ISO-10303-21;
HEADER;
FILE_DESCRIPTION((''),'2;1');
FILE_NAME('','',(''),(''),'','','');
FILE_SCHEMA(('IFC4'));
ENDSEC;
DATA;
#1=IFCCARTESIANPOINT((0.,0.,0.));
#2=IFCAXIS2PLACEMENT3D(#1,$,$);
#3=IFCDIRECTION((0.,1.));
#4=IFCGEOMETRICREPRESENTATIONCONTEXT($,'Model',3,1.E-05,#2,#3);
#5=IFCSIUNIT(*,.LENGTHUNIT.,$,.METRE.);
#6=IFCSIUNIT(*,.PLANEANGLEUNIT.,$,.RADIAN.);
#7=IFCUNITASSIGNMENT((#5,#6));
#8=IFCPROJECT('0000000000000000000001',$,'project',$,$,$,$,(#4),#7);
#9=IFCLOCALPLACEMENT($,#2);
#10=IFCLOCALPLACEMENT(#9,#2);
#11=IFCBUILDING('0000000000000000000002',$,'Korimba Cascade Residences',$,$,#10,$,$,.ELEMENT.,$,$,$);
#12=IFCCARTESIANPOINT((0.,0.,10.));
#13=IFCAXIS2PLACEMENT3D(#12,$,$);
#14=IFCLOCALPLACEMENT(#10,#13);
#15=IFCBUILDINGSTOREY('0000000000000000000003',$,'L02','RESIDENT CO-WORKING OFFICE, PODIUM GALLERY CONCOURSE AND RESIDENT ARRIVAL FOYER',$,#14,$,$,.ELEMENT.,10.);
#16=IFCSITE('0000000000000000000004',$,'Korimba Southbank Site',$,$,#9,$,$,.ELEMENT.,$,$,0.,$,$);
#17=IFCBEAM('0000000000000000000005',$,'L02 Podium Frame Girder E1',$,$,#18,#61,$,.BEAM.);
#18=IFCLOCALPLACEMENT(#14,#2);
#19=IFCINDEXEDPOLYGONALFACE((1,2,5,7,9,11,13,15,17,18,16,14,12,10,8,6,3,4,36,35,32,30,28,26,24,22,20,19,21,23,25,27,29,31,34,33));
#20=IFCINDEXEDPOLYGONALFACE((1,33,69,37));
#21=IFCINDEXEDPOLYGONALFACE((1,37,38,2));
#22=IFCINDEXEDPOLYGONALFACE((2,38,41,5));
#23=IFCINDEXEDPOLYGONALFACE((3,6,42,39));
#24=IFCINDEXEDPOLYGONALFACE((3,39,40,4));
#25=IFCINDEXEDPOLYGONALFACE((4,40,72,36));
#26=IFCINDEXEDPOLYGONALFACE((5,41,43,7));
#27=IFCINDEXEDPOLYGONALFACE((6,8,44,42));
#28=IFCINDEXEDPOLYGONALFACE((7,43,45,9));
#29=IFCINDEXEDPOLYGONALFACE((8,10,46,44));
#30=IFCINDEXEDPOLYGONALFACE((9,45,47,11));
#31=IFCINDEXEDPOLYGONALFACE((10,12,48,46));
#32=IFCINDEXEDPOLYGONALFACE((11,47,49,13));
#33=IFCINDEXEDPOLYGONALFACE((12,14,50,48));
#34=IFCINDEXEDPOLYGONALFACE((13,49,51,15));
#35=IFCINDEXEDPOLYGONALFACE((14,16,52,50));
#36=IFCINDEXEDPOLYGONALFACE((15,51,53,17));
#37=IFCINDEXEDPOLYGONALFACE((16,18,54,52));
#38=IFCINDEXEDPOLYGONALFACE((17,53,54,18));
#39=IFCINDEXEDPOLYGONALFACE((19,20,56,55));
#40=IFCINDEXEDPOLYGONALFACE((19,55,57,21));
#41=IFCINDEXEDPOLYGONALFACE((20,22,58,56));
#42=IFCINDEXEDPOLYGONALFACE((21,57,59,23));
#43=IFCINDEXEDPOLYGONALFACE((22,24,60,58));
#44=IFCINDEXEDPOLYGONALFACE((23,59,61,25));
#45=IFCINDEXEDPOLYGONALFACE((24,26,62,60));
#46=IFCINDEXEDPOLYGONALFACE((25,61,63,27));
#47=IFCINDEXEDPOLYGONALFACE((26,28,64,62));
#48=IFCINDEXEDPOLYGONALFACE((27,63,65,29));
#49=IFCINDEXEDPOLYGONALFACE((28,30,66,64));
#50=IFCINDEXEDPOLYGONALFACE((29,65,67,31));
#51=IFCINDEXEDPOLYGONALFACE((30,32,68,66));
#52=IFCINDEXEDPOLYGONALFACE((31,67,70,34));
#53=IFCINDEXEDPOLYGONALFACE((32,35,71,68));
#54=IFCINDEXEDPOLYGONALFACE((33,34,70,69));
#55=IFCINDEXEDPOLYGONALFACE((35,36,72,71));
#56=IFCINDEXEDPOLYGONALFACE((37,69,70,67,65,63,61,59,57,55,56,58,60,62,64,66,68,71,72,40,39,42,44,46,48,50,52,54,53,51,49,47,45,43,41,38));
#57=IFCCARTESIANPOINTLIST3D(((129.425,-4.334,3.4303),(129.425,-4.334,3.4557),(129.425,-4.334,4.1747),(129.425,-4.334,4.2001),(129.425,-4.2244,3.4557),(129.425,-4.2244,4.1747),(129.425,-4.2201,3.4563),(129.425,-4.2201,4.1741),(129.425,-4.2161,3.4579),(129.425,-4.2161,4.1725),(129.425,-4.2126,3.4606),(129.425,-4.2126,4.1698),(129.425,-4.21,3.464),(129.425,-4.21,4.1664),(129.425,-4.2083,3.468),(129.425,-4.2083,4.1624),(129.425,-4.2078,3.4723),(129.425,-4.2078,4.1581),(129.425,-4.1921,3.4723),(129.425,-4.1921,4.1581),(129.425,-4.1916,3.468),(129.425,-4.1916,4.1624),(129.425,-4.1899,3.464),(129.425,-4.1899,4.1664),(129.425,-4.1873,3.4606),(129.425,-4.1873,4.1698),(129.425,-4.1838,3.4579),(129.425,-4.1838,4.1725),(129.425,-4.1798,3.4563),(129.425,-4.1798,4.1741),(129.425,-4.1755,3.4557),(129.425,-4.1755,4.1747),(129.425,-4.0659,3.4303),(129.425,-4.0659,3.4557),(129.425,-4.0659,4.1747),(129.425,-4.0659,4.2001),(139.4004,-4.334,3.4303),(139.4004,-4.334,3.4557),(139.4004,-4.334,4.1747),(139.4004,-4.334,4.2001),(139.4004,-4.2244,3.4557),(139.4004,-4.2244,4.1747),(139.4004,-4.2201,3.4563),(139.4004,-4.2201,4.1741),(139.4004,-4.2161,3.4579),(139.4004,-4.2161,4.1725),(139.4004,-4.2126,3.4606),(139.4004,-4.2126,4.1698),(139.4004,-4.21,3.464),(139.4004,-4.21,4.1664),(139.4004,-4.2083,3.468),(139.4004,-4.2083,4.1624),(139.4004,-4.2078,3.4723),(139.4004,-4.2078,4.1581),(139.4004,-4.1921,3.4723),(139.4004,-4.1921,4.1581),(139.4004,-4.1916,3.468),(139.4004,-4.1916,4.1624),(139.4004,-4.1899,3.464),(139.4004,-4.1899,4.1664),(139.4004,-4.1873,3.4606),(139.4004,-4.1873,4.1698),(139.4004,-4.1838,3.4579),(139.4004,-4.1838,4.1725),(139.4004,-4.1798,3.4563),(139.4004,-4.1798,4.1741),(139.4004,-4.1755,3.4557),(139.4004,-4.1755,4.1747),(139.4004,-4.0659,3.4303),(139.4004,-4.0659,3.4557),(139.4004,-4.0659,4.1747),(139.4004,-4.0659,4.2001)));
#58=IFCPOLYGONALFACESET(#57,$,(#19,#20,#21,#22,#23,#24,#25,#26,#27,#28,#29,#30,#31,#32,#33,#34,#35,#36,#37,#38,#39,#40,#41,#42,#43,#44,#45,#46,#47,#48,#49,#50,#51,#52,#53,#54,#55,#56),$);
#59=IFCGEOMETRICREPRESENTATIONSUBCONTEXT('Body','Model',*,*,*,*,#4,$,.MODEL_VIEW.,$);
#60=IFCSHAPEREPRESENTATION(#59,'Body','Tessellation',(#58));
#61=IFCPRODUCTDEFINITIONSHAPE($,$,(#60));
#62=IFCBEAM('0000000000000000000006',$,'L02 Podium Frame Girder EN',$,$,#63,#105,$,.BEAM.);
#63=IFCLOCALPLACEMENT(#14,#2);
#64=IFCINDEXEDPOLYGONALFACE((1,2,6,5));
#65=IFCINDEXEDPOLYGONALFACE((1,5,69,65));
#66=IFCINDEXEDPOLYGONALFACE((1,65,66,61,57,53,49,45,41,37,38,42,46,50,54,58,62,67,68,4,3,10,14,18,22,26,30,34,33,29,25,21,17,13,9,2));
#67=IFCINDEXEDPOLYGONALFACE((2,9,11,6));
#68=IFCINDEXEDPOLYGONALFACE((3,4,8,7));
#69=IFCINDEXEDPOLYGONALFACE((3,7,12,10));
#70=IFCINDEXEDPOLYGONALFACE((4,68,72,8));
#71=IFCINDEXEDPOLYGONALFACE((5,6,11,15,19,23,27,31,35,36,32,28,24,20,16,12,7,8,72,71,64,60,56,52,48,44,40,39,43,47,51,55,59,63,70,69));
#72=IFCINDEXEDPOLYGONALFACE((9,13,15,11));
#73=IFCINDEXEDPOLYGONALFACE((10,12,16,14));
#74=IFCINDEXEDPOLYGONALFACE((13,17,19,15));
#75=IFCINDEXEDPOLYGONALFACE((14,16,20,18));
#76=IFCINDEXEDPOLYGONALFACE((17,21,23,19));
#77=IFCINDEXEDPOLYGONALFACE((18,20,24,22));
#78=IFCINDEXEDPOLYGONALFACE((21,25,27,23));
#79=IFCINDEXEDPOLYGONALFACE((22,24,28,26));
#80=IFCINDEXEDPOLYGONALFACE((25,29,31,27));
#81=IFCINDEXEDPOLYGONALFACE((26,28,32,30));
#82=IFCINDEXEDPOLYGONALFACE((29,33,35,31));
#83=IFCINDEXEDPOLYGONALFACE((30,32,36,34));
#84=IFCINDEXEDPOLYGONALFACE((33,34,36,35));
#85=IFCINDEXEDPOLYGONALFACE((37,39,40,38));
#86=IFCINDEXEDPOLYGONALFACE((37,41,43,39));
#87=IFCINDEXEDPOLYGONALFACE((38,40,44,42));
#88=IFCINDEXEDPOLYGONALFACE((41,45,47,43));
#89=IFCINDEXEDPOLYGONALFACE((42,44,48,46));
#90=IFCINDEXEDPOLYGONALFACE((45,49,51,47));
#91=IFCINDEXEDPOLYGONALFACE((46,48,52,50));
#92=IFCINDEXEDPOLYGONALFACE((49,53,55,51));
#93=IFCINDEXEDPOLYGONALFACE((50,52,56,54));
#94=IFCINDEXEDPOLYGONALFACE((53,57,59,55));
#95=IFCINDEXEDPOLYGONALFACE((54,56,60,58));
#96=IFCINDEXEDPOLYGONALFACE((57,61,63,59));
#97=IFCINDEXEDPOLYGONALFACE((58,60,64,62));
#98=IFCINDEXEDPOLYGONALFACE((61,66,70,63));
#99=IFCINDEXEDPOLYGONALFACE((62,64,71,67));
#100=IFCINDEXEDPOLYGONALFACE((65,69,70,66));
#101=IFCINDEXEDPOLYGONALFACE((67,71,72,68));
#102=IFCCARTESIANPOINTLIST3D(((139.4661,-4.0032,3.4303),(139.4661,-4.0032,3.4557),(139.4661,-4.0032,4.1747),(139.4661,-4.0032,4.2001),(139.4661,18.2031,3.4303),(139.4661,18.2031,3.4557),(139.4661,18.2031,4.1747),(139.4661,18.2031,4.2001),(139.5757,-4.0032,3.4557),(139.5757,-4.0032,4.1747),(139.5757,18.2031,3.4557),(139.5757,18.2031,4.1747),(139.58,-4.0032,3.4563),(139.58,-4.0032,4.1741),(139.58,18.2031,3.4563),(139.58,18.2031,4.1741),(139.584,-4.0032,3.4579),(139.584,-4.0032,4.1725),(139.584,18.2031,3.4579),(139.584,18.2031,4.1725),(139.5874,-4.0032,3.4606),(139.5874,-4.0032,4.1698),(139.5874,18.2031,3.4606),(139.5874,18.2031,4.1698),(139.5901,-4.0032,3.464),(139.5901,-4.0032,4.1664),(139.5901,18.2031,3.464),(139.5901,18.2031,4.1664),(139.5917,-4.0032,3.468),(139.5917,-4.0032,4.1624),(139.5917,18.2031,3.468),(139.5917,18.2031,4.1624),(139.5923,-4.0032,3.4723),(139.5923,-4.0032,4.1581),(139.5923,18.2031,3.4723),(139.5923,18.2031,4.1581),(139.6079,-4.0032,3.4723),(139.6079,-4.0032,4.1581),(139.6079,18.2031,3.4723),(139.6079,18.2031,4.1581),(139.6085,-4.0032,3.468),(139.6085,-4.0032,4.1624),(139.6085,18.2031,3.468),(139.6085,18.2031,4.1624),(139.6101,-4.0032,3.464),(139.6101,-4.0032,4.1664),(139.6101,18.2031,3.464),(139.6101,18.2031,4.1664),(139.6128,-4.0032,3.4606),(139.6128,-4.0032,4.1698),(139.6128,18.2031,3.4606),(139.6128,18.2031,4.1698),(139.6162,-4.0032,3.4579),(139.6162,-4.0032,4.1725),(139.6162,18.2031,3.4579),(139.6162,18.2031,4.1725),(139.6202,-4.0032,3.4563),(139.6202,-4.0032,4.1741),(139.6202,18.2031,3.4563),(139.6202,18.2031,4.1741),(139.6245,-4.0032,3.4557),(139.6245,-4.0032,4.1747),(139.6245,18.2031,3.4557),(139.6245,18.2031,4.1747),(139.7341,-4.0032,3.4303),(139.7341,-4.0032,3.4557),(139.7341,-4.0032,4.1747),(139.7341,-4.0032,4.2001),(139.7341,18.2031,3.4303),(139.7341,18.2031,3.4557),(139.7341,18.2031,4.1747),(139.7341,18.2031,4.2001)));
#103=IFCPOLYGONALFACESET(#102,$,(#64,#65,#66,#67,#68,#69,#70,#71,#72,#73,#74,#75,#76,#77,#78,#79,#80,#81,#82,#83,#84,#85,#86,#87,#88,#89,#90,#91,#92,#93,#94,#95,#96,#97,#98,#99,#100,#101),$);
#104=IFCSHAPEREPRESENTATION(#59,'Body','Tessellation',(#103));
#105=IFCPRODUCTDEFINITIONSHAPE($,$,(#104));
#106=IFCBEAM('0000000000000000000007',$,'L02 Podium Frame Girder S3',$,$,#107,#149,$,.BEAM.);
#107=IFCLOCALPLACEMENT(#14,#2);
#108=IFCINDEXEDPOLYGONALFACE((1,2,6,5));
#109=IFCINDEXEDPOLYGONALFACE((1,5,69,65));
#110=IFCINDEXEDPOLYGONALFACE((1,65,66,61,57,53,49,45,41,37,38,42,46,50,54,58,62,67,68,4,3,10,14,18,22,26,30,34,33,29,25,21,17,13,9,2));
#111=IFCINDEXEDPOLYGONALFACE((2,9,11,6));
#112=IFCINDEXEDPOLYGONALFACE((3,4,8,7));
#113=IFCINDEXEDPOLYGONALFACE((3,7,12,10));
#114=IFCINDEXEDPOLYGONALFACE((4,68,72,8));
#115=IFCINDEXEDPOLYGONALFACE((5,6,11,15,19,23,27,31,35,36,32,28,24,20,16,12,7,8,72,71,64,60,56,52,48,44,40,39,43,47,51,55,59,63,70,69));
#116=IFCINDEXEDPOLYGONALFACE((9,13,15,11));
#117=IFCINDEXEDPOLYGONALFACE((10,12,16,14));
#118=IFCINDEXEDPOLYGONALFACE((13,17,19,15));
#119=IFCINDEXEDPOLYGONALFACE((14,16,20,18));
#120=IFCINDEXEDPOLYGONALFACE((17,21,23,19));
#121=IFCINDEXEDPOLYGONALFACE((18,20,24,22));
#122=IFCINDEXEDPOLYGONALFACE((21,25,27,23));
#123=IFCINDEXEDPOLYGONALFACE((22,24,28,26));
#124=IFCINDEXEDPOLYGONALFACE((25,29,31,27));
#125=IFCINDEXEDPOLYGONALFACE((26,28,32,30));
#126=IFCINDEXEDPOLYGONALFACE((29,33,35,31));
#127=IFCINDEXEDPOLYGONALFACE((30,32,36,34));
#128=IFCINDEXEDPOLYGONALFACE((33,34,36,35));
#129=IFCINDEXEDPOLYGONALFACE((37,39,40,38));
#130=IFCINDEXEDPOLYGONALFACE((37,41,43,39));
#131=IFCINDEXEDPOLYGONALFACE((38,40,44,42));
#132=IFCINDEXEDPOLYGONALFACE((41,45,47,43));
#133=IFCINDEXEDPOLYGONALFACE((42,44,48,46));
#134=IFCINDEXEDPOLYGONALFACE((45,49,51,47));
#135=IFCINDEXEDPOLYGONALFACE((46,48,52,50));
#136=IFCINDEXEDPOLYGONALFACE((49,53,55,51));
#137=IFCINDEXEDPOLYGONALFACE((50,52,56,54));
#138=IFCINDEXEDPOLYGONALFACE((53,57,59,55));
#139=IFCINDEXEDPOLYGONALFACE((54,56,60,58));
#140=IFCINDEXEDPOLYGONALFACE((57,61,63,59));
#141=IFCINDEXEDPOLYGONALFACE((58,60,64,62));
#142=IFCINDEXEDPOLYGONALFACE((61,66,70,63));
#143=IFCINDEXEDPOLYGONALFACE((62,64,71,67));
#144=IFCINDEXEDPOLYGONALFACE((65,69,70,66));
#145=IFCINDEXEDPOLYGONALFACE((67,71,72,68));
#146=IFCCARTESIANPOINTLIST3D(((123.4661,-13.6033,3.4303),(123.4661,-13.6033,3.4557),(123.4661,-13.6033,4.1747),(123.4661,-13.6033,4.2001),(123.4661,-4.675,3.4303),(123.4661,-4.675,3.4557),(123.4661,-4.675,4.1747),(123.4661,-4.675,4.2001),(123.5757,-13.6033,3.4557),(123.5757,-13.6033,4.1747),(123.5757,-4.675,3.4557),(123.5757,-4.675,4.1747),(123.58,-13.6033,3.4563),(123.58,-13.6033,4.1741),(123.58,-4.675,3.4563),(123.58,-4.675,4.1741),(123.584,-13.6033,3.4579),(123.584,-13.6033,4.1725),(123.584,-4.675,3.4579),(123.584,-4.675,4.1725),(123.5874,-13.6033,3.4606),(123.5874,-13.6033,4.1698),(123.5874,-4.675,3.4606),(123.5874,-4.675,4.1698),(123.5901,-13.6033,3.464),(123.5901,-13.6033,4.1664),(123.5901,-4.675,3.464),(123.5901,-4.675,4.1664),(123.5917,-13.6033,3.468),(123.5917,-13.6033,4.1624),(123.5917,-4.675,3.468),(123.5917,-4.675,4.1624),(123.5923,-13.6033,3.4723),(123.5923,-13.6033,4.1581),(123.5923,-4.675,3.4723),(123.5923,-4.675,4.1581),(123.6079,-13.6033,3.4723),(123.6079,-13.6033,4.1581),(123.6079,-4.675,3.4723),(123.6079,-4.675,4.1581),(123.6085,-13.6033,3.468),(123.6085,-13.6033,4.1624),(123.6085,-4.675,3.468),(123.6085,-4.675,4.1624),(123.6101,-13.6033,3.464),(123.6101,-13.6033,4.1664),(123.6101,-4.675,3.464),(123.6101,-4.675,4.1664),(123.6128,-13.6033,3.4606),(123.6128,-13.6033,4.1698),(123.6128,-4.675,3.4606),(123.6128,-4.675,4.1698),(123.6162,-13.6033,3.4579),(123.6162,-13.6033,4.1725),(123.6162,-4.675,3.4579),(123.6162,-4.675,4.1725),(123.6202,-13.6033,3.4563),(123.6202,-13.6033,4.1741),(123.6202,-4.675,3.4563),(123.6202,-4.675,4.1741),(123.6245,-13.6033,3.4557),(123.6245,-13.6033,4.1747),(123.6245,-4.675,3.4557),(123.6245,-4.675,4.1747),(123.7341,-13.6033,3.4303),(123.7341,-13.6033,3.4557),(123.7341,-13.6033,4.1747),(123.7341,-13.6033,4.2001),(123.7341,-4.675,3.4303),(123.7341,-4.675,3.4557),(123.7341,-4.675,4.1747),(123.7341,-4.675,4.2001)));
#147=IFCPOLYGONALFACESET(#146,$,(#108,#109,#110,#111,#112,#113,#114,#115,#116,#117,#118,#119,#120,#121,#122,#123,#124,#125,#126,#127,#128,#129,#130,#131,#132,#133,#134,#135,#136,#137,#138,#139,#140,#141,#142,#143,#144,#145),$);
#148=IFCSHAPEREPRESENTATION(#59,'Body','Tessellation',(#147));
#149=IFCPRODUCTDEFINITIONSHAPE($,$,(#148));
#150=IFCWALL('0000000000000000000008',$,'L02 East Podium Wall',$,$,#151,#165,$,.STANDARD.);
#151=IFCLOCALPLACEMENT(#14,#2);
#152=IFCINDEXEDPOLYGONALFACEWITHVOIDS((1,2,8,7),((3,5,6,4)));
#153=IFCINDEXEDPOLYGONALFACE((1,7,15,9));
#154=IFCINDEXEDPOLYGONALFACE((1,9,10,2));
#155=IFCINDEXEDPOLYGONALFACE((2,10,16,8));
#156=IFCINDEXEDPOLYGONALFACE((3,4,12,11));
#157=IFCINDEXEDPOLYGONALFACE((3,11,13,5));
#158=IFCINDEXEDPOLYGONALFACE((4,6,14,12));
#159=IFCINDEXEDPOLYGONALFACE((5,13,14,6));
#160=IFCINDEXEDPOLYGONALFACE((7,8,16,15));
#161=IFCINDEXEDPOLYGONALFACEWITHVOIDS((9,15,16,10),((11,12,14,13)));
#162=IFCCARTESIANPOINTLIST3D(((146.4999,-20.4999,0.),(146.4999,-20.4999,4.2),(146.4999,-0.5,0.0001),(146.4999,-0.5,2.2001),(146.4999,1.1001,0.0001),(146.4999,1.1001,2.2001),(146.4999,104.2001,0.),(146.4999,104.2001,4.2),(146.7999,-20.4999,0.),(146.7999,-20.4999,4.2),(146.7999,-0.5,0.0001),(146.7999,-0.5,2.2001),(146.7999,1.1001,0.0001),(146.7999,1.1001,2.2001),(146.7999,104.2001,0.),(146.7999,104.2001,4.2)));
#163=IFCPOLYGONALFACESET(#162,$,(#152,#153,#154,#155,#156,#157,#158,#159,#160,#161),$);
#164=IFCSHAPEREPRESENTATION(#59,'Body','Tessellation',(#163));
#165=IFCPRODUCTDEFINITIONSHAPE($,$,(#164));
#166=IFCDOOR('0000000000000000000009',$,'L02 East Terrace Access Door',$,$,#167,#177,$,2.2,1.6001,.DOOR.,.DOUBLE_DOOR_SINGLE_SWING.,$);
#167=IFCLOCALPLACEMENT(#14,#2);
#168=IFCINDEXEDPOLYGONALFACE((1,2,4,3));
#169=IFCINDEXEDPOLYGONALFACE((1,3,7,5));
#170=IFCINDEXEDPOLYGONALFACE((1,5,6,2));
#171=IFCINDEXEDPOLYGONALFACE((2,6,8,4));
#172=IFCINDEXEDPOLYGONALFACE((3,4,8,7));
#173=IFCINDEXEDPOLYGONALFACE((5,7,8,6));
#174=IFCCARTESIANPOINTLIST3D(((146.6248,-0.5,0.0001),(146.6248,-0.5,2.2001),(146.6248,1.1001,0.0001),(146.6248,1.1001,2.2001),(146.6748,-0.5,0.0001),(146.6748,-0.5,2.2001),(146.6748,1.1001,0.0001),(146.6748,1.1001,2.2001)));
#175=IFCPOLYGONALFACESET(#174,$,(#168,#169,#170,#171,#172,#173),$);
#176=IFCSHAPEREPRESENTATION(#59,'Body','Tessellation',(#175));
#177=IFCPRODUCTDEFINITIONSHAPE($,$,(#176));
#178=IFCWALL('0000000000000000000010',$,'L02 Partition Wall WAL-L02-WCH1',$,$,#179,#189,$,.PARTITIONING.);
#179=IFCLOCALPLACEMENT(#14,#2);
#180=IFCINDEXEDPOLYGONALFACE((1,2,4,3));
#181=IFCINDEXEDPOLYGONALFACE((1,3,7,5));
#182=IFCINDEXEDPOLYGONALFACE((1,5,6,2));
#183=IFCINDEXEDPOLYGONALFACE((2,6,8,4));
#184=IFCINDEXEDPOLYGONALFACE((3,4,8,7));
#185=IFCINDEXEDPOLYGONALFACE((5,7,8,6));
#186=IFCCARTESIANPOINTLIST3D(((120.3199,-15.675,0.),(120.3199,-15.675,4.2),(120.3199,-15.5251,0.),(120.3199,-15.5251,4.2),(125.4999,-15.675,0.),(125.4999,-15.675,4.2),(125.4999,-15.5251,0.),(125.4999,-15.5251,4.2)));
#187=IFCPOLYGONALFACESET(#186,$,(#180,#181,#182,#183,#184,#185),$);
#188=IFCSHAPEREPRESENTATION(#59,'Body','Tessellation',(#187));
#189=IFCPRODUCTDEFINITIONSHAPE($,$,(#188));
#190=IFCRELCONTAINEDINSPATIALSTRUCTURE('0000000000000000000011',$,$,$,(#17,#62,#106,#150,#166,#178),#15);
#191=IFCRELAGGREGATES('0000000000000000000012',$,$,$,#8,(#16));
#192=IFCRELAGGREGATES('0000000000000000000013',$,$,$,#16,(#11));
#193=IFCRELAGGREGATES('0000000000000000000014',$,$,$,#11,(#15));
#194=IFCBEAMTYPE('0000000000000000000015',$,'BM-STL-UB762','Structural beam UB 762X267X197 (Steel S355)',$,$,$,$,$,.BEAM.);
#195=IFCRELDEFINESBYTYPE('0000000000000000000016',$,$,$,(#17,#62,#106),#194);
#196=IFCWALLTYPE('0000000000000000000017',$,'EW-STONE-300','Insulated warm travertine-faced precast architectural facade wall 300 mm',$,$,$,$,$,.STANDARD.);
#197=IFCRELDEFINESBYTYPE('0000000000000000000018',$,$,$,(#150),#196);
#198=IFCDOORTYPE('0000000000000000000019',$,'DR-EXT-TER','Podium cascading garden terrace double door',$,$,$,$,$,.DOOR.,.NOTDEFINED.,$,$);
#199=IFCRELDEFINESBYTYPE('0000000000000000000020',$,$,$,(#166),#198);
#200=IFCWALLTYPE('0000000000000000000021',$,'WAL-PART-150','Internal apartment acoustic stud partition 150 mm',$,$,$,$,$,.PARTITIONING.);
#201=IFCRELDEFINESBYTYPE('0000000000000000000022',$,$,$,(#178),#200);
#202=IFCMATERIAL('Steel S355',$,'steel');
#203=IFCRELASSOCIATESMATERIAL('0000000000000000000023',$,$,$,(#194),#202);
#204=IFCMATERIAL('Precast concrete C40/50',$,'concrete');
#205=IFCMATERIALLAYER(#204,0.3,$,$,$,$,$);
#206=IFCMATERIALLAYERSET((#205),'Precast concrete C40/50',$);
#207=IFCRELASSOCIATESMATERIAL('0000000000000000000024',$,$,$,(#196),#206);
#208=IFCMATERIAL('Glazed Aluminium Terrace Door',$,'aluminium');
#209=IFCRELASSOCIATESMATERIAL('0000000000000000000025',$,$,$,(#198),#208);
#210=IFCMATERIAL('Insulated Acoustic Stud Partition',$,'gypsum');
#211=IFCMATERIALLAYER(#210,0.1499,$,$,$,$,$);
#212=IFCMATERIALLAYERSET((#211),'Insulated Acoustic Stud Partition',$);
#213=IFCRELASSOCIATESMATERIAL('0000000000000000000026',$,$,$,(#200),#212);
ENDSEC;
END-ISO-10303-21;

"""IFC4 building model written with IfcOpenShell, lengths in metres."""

from ifc_helpers import new_model, si_unit, direction, frame, frame_2d, origin, origin_2d, place, context, subcontext, project, spatial, rectangle, i_section, extrude, material, layer, layer_set, material_profile, profile_set, type_object, element, fill, save


model = new_model("IFC4")

# Units and contexts
model_context = context("Model", 3, precision=1e-05, world=origin(), true_north=direction((0.0, 1.0)))
body_context = subcontext(model_context, "Body", "Model", "MODEL_VIEW")
ifc_project = project(units=[si_unit("LENGTHUNIT", "METRE"), si_unit("PLANEANGLEUNIT", "RADIAN")], contexts=[model_context])

# Site, building, storey
site_placement = place(None, origin())
site = spatial("IfcSite", under=ifc_project, at=site_placement, Name="Korimba Southbank Site", CompositionType="ELEMENT", RefElevation=0.0)
building_placement = place(site_placement, origin())
building = spatial("IfcBuilding", under=site, at=building_placement, Name="Korimba Cascade Residences", CompositionType="ELEMENT")
storey_placement = place(building_placement, frame((0.0, 0.0, 10.0)))
storey = spatial("IfcBuildingStorey", under=building, at=storey_placement, Name="L02", Description="RESIDENT CO-WORKING OFFICE, PODIUM GALLERY CONCOURSE AND RESIDENT ARRIVAL FOYER", CompositionType="ELEMENT", Elevation=10.0)

# Shared definitions
ifc_material_1 = material(Name="Steel S355", Category="steel")

# Beams
ifc_material_profile_1 = material_profile(ifc_material_1, i_section(OverallWidth=0.2681, OverallDepth=0.7698, WebThickness=0.0156, FlangeThickness=0.0254, FilletRadius=0.0166, at=origin_2d()), Name="Steel S355")
ifc_profile_set_1 = profile_set([ifc_material_profile_1], Name="Steel S355")
beam_type_1 = type_object("IfcBeamType", Name="BM-STL-UB762", Description="Structural beam UB 762X267X197 (Steel S355)", PredefinedType="BEAM", material=ifc_profile_set_1)
beam_1_placement = place(storey_placement, frame((129.425, -4.2, 3.8152), z_axis=(1.0, 0.0, 0.0), x_axis=(0.0, 1.0, 0.0)))
element("IfcBeam", 1, at=beam_1_placement, inside=storey, type_object=beam_type_1, Name="L02 Podium Frame Girder E1", PredefinedType="BEAM", context=body_context, shape_type="SweptSolid", body=[
    extrude(i_section(OverallWidth=0.2681, OverallDepth=0.7698, WebThickness=0.0156, FlangeThickness=0.0254, FilletRadius=0.0166, at=origin_2d()), origin(), (0.0, 0.0, 1.0), 9.9753),
])
beam_2_placement = place(storey_placement, frame((139.6001, -4.0032, 3.8152), z_axis=(0.0, 1.0, 0.0), x_axis=(-1.0, 0.0, 0.0)))
element("IfcBeam", 2, at=beam_2_placement, inside=storey, type_object=beam_type_1, Name="L02 Podium Frame Girder EN", PredefinedType="BEAM", context=body_context, shape_type="SweptSolid", body=[
    extrude(i_section(OverallWidth=0.2681, OverallDepth=0.7698, WebThickness=0.0156, FlangeThickness=0.0254, FilletRadius=0.0166, at=origin_2d()), origin(), (0.0, 0.0, 1.0), 22.2063),
])
beam_3_placement = place(storey_placement, frame((123.6001, -13.6033, 3.8152), z_axis=(0.0, 1.0, 0.0), x_axis=(-1.0, 0.0, 0.0)))
element("IfcBeam", 3, at=beam_3_placement, inside=storey, type_object=beam_type_1, Name="L02 Podium Frame Girder S3", PredefinedType="BEAM", context=body_context, shape_type="SweptSolid", body=[
    extrude(i_section(OverallWidth=0.2681, OverallDepth=0.7698, WebThickness=0.0156, FlangeThickness=0.0254, FilletRadius=0.0166, at=origin_2d()), origin(), (0.0, 0.0, 1.0), 8.9282),
])

# Wall, opening, door
ifc_material_2 = material(Name="Precast concrete C40/50", Category="concrete")
ifc_layer_1 = layer(ifc_material_2, 0.3)
ifc_layer_set_1 = layer_set([ifc_layer_1], Name="Precast concrete C40/50")
wall_type_1 = type_object("IfcWallType", Name="EW-STONE-300", Description="Insulated warm travertine-faced precast architectural facade wall 300 mm", PredefinedType="STANDARD", material=ifc_layer_set_1)
wall_1_placement = place(storey_placement, frame((146.6499, -20.5, 0.0), z_axis=(0.0, 0.0, 1.0), x_axis=(0.0, 1.0, 0.0)))
wall_1 = element("IfcWall", 4, at=wall_1_placement, inside=storey, type_object=wall_type_1, Name="L02 East Podium Wall", PredefinedType="STANDARD", context=body_context, shape_type="SweptSolid", body=[
    extrude(rectangle(XDim=124.7, YDim=0.3, at=frame_2d((62.3501, 0.0))), origin(), (0.0, 0.0, 1.0), 4.2),
])
opening_1_placement = place(wall_1_placement, frame((20.0, 0.0, 0.0)))
opening_1 = element("IfcOpeningElement", 5, at=opening_1_placement, cuts=wall_1, PredefinedType="OPENING", context=body_context, shape_type="SweptSolid", body=[
    extrude(rectangle(XDim=1.6001, YDim=2.2, at=frame_2d((0.8, 1.1001))), frame((0.0, 0.1602, 0.0), z_axis=(0.0, -1.0, 0.0), x_axis=(1.0, 0.0, 0.0)), (0.0, 0.0, 1.0), 0.3201),
])
ifc_material_3 = material(Name="Glazed Aluminium Terrace Door", Category="aluminium")
door_type_1 = type_object("IfcDoorType", Name="DR-EXT-TER", Description="Podium cascading garden terrace double door", OperationType="NOTDEFINED", PredefinedType="DOOR", material=ifc_material_3)
door_1_placement = place(opening_1_placement, frame((1.6001, 0.0, 0.0), z_axis=(0.0, 0.0, 1.0), x_axis=(-1.0, 0.0, 0.0)))
door_1 = element("IfcDoor", 6, at=door_1_placement, inside=storey, type_object=door_type_1, Name="L02 East Terrace Access Door", OperationType="DOUBLE_DOOR_SINGLE_SWING", OverallHeight=2.2, OverallWidth=1.6001, PredefinedType="DOOR", context=body_context, shape_type="SweptSolid", body=[
    extrude(rectangle(XDim=1.6001, YDim=2.2, at=frame_2d((0.8, 1.1001))), frame((0.0, 0.0249, 0.0), z_axis=(0.0, -1.0, 0.0), x_axis=(1.0, 0.0, 0.0)), (0.0, 0.0, 1.0), 0.05),
])
fill(opening_1, door_1)

# Wall
ifc_material_4 = material(Name="Insulated Acoustic Stud Partition", Category="gypsum")
ifc_layer_2 = layer(ifc_material_4, 0.1499)
ifc_layer_set_2 = layer_set([ifc_layer_2], Name="Insulated Acoustic Stud Partition")
wall_type_2 = type_object("IfcWallType", Name="WAL-PART-150", Description="Internal apartment acoustic stud partition 150 mm", PredefinedType="PARTITIONING", material=ifc_layer_set_2)
for number, where, z_axis, x_axis, name in (
    (7, (120.3201, -15.6001, 0.0), (0.0, 0.0, 1.0), (1.0, 0.0, 0.0), "L02 Partition Wall WAL-L02-WCH1"),
):
    element("IfcWall", number, at=place(storey_placement, frame(where, z_axis=z_axis, x_axis=x_axis)), inside=storey, type_object=wall_type_2, Name=name, PredefinedType="PARTITIONING", context=body_context, shape_type="SweptSolid", body=[
        extrude(rectangle(XDim=5.1799, YDim=0.1499, at=frame_2d((2.5898, 0.0))), origin(), (0.0, 0.0, 1.0), 4.2),
    ])

save(model, "model.ifc")
